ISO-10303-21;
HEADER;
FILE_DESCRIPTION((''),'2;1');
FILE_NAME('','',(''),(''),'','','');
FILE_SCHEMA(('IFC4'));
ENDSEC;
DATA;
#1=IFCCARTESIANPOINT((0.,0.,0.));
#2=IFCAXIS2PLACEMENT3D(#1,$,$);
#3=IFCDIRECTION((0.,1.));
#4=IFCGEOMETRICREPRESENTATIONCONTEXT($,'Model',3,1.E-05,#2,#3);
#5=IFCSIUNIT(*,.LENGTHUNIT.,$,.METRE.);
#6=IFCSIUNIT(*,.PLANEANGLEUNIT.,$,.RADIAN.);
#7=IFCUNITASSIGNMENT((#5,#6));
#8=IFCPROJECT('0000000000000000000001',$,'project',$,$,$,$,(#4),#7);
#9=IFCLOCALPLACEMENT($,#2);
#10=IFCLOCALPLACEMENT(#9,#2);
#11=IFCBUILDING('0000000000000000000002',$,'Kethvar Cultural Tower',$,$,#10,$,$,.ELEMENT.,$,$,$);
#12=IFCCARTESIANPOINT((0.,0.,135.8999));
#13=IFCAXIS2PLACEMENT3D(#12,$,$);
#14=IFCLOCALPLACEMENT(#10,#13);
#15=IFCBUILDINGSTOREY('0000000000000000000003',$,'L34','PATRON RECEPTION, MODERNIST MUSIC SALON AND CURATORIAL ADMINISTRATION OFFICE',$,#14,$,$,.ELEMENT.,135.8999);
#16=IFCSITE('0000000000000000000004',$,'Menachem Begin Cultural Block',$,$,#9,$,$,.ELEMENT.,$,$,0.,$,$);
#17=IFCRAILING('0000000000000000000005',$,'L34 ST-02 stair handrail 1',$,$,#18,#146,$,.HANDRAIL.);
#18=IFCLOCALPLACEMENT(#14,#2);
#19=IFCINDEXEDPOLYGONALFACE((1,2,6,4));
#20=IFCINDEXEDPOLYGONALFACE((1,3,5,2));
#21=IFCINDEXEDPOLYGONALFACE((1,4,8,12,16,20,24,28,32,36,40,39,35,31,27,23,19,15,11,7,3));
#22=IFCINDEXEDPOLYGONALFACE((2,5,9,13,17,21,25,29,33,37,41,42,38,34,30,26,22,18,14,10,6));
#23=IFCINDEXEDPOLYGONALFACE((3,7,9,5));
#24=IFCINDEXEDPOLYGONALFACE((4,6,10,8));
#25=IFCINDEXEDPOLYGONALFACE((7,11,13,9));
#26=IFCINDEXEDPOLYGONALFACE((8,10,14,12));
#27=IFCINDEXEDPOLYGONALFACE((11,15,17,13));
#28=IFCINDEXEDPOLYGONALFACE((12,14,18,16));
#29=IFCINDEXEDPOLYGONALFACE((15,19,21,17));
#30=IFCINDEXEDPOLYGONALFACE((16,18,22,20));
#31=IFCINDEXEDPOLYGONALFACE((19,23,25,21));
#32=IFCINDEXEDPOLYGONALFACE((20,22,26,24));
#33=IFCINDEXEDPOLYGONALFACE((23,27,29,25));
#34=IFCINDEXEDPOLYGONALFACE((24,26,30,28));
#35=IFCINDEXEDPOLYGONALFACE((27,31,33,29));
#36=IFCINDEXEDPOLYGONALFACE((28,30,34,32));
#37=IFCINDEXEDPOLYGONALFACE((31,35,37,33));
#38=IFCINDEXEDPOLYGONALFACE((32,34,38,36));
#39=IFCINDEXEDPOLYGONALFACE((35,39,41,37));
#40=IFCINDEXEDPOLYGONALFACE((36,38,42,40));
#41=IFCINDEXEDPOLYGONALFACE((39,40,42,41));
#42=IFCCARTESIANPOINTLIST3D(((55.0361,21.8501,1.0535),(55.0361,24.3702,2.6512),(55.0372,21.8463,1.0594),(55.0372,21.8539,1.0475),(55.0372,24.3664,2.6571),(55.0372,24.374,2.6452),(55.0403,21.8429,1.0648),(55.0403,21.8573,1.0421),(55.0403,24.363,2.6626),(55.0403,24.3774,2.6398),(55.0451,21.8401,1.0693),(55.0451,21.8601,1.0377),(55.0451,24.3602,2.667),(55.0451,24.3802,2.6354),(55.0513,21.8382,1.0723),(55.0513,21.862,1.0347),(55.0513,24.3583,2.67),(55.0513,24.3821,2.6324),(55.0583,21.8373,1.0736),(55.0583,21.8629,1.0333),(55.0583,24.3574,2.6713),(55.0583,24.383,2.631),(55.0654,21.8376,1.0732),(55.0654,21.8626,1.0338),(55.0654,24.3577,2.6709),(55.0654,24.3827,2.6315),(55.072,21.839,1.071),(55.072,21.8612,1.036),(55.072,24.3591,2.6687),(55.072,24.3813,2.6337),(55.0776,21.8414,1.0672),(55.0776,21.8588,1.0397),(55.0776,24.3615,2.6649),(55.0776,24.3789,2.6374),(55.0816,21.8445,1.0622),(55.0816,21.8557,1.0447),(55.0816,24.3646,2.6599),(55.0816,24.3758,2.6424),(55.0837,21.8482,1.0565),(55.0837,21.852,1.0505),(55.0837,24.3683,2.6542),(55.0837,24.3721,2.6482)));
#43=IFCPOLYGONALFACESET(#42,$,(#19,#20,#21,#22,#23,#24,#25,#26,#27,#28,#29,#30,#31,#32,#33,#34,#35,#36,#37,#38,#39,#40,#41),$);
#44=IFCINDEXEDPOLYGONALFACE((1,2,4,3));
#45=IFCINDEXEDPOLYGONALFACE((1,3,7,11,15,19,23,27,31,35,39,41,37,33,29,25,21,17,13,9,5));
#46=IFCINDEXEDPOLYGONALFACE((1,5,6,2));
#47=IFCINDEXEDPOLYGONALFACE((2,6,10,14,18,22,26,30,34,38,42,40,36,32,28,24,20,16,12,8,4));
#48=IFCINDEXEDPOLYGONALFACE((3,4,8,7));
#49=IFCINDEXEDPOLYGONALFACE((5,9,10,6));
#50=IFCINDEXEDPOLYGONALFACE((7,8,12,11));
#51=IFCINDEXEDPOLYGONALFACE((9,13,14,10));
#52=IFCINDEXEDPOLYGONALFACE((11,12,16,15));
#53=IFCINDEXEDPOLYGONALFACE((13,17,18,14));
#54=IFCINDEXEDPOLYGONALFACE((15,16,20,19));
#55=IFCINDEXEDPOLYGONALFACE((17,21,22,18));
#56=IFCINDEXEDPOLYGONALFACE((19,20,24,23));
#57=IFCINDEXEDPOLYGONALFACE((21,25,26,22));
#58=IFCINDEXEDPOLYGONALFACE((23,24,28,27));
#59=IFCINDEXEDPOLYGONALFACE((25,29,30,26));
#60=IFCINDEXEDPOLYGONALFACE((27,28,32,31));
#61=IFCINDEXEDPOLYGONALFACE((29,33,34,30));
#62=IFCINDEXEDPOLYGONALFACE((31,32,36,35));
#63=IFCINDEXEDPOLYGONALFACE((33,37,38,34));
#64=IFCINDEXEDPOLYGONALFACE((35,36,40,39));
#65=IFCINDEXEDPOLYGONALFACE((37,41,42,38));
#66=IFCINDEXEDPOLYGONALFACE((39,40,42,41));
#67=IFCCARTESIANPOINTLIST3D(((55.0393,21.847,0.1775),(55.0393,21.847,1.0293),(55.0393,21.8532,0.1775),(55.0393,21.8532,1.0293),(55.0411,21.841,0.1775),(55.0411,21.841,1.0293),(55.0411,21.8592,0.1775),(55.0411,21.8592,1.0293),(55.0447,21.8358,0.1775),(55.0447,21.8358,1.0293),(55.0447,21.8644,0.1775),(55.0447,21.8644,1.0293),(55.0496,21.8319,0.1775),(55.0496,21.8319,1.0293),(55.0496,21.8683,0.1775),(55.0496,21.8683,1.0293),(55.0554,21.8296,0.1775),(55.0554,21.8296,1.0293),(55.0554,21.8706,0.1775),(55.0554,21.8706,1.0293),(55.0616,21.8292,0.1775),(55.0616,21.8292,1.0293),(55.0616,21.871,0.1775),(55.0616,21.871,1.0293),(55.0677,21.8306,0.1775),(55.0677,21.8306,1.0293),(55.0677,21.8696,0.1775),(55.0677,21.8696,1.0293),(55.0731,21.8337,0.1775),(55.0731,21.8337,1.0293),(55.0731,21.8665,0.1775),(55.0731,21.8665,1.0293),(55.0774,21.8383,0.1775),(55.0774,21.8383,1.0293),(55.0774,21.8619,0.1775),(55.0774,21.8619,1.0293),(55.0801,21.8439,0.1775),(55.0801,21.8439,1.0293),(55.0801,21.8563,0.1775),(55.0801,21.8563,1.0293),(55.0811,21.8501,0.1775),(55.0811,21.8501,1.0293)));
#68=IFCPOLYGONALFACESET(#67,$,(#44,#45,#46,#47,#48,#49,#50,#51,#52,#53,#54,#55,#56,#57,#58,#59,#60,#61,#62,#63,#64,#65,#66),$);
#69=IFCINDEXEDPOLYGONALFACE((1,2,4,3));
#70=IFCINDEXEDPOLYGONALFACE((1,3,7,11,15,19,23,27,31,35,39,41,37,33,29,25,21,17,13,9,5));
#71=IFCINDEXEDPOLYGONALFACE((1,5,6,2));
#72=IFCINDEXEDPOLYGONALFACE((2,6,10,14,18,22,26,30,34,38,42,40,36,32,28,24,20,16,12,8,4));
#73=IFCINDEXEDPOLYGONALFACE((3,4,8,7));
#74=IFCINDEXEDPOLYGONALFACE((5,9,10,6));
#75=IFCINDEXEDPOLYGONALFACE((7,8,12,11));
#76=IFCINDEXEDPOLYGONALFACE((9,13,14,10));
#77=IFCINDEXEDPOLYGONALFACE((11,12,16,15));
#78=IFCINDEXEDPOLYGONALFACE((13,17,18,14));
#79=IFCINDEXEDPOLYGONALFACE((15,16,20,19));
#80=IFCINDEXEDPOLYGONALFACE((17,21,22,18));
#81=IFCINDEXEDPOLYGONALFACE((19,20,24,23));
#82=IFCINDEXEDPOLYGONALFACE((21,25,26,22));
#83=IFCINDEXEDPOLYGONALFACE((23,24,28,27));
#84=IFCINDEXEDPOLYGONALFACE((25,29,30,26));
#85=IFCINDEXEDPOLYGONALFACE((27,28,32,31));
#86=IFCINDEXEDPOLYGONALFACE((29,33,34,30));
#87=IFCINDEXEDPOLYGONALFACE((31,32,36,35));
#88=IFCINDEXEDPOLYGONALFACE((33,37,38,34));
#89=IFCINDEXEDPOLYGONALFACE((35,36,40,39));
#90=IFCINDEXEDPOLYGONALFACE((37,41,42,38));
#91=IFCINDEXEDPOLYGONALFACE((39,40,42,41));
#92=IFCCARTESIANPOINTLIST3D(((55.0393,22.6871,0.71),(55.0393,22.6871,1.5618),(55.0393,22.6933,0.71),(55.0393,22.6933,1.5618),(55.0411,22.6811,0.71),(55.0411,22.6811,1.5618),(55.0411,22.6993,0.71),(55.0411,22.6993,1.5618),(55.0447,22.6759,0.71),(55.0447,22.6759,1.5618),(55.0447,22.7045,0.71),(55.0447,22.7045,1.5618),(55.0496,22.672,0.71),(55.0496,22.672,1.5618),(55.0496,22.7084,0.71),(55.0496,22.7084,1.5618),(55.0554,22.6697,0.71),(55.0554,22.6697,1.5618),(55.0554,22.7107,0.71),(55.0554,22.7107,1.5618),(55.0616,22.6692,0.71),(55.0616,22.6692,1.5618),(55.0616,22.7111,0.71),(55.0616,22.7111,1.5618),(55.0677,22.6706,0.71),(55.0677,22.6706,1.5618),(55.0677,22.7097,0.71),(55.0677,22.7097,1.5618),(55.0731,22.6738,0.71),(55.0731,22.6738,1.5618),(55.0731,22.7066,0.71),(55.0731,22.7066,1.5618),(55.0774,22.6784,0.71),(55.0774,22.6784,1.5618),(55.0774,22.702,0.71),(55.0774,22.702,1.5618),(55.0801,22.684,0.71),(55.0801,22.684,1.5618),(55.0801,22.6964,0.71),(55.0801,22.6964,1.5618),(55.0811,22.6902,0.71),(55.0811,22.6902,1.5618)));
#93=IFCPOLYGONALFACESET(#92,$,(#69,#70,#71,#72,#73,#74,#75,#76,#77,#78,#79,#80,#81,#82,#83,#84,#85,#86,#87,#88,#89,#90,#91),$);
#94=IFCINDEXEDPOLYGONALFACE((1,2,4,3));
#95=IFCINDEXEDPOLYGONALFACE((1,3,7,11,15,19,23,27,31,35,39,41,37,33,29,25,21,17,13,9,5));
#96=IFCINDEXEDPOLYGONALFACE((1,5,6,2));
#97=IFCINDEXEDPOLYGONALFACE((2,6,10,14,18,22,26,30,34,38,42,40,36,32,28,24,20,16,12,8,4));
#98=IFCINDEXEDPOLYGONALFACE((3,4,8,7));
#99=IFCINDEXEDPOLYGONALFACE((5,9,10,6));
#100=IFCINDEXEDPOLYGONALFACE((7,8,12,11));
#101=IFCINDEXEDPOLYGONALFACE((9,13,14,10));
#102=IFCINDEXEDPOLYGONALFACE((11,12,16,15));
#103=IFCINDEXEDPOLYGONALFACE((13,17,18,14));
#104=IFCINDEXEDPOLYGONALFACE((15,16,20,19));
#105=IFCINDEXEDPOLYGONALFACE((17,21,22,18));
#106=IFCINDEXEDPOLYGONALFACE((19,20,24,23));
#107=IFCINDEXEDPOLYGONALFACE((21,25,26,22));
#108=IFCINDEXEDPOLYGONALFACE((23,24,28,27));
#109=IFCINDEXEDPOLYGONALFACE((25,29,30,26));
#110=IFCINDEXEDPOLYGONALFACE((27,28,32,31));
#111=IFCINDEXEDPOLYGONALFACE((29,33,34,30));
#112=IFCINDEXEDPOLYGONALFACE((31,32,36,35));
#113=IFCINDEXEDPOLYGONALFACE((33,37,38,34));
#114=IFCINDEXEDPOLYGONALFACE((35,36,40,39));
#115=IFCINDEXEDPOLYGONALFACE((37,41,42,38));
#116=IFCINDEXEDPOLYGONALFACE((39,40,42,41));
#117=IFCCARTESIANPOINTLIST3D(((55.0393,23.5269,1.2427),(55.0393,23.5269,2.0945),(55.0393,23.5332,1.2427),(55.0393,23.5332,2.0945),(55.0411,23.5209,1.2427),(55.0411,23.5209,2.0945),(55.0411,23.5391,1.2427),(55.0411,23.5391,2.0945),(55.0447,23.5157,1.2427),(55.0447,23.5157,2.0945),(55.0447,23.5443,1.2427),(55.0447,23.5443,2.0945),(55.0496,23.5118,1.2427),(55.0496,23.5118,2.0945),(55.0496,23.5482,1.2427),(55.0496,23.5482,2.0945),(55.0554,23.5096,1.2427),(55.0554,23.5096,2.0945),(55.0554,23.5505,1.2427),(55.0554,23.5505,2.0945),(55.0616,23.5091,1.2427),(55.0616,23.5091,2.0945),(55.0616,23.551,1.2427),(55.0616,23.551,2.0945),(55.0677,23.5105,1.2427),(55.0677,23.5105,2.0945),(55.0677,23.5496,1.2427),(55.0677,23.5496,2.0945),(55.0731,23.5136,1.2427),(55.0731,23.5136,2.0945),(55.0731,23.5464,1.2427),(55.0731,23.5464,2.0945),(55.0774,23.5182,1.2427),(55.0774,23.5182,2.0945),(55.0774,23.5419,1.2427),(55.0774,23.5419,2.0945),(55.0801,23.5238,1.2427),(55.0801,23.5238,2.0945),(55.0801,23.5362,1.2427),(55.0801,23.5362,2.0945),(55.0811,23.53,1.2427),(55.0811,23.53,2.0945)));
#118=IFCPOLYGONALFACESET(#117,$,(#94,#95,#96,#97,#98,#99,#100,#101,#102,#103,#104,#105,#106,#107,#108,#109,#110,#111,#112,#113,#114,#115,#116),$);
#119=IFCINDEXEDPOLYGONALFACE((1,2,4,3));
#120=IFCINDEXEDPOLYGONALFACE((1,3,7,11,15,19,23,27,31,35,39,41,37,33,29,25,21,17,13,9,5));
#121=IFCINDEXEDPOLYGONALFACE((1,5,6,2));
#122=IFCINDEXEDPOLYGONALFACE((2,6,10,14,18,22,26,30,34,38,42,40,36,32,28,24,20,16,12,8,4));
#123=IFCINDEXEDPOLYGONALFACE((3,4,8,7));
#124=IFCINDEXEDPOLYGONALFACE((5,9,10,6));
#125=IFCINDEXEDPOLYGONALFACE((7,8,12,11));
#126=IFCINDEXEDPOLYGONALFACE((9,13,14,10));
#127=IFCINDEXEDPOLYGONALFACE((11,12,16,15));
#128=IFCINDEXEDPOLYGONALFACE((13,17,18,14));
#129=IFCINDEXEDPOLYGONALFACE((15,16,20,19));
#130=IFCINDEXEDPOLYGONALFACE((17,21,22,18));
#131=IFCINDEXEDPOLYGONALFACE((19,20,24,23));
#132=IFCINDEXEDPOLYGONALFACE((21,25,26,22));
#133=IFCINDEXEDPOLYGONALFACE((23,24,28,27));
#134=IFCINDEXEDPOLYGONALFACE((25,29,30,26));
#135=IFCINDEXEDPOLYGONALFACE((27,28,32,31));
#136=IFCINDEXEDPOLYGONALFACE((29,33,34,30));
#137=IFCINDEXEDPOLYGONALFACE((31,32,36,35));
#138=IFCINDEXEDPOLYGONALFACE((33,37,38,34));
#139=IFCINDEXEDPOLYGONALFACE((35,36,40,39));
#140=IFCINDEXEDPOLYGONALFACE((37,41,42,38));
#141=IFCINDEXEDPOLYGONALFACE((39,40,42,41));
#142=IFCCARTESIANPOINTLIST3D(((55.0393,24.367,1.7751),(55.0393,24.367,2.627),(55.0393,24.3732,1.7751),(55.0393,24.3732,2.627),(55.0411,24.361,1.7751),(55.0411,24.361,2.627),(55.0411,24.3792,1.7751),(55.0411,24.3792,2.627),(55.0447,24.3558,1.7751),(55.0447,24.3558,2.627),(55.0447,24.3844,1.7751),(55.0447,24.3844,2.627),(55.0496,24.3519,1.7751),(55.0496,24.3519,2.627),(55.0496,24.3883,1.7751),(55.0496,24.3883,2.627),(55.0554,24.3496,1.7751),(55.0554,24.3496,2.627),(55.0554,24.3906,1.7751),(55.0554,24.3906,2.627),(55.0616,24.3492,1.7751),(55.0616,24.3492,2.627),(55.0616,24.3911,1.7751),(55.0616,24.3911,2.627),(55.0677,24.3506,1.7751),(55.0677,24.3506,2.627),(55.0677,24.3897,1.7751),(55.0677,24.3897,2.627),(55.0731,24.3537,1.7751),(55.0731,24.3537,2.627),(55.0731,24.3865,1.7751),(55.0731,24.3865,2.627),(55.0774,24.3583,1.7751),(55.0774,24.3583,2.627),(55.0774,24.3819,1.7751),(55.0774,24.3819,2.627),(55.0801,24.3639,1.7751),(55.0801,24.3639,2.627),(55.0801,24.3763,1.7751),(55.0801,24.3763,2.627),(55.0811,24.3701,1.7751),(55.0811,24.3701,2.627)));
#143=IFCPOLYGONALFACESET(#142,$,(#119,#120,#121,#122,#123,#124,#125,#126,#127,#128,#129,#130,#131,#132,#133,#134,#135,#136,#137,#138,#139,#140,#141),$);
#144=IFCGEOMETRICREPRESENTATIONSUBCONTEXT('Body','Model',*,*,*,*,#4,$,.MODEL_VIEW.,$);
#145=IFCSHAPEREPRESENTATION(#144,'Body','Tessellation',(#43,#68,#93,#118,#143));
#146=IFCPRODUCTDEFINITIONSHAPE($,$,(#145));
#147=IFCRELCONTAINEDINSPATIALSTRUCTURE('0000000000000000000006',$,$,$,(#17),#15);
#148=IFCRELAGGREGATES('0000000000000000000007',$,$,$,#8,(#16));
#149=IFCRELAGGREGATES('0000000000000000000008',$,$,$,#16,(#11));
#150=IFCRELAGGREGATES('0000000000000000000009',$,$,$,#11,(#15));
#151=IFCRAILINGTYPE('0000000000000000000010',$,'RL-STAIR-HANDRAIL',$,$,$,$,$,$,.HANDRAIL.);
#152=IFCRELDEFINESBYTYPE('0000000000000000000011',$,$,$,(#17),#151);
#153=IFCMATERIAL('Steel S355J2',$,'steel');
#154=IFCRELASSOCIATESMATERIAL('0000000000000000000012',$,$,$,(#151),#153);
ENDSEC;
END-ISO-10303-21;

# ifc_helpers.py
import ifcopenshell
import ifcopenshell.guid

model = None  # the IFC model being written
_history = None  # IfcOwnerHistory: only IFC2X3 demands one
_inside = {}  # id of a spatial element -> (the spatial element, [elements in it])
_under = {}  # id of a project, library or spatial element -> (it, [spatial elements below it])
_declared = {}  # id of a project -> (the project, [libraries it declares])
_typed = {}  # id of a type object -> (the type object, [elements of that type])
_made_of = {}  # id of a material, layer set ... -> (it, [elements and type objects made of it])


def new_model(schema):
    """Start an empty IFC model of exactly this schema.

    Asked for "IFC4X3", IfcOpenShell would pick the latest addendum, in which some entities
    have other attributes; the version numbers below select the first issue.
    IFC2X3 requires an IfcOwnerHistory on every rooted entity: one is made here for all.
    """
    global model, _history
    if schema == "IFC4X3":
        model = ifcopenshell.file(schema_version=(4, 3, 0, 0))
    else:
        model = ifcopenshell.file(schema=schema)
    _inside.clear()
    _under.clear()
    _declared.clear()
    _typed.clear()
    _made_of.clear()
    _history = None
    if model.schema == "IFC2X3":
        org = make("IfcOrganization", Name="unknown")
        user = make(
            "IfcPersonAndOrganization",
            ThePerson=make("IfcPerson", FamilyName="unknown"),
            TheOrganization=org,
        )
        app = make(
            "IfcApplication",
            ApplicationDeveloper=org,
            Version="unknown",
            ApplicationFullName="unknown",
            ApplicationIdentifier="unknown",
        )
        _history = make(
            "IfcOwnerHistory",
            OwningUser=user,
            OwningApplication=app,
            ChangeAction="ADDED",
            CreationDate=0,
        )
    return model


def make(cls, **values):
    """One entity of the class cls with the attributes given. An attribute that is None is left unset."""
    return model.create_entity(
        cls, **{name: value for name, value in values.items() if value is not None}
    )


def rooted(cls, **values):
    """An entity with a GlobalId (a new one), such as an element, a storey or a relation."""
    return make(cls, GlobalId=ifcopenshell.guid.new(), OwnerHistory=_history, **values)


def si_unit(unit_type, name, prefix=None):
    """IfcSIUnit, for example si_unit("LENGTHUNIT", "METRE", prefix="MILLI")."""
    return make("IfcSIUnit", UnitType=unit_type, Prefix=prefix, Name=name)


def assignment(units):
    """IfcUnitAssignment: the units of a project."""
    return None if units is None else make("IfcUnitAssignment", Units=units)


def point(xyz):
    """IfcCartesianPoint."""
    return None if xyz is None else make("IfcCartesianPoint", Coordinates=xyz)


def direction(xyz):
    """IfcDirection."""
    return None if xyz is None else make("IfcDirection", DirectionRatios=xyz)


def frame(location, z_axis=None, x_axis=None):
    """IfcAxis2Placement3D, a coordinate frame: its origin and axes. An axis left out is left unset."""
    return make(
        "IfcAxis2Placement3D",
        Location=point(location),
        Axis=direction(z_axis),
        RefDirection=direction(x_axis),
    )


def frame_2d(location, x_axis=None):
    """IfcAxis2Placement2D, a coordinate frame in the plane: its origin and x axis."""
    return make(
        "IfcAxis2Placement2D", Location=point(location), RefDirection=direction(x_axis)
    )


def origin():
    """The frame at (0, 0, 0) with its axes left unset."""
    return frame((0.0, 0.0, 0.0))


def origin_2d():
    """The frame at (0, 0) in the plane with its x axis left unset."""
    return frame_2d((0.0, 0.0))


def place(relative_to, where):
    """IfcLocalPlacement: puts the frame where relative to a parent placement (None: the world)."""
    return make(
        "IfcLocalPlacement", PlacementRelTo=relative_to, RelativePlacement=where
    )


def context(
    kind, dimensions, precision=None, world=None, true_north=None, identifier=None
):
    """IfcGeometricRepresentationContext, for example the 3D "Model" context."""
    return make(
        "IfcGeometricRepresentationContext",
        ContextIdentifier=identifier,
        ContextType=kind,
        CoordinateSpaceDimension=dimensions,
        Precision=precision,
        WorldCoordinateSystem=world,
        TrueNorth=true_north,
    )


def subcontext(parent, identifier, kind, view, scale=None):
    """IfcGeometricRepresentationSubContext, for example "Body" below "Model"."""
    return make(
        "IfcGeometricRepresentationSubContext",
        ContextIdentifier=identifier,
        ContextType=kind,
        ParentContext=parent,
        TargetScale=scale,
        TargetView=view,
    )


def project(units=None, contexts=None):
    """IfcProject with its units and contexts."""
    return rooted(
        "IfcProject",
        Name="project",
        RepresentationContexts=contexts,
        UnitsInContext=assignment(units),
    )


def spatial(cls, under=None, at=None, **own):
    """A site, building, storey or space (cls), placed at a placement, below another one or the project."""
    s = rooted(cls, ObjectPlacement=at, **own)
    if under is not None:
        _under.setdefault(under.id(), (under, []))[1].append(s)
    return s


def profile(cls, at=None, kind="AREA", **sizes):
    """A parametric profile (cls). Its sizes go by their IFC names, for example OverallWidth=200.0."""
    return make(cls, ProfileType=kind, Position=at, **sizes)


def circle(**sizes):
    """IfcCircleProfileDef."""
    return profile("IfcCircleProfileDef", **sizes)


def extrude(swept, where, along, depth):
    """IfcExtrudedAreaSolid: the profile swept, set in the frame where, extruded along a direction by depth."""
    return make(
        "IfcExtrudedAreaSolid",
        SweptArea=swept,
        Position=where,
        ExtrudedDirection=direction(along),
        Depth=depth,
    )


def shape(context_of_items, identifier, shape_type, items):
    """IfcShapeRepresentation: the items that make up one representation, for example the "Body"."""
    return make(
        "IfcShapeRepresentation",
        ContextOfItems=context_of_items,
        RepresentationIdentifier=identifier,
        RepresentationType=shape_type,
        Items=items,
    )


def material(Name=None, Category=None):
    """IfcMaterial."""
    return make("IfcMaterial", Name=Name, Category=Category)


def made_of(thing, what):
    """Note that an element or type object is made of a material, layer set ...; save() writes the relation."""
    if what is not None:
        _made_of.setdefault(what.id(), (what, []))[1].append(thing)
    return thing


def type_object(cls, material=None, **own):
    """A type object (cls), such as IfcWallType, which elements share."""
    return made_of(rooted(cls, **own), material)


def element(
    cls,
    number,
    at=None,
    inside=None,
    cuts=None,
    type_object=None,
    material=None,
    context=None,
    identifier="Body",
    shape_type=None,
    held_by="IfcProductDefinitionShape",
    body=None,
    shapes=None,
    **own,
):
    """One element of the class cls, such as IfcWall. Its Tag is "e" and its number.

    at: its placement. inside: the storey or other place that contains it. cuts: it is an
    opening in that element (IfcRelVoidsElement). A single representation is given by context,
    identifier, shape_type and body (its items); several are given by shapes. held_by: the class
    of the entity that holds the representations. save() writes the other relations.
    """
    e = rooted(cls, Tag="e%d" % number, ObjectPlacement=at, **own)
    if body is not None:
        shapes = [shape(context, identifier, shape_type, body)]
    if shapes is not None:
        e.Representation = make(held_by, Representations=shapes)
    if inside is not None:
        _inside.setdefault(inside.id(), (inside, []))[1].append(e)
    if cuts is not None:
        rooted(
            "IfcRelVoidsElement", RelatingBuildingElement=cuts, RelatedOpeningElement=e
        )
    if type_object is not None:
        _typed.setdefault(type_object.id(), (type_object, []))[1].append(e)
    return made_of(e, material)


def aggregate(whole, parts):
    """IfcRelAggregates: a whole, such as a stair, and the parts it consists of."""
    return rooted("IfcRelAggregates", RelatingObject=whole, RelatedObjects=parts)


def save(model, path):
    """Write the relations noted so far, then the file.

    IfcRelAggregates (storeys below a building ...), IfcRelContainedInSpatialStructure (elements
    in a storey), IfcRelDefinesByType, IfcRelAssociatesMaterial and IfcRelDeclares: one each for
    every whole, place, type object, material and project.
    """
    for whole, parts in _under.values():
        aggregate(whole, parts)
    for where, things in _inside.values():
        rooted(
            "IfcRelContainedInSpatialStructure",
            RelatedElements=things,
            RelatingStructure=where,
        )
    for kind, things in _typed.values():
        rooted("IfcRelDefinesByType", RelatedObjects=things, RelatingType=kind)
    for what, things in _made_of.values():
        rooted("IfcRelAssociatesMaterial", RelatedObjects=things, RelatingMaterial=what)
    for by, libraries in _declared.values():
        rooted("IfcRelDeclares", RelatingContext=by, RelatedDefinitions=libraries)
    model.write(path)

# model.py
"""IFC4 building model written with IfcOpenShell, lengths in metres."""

from ifc_helpers import new_model, si_unit, direction, frame, origin, origin_2d, place, context, subcontext, project, spatial, circle, extrude, material, type_object, element, save


model = new_model("IFC4")

# Units and contexts
model_context = context("Model", 3, precision=1e-05, world=origin(), true_north=direction((0.0, 1.0)))
body_context = subcontext(model_context, "Body", "Model", "MODEL_VIEW")
ifc_project = project(units=[si_unit("LENGTHUNIT", "METRE"), si_unit("PLANEANGLEUNIT", "RADIAN")], contexts=[model_context])

# Site, building, storey
site_placement = place(None, origin())
site = spatial("IfcSite", under=ifc_project, at=site_placement, Name="Menachem Begin Cultural Block", CompositionType="ELEMENT", RefElevation=0.0)
building_placement = place(site_placement, origin())
building = spatial("IfcBuilding", under=site, at=building_placement, Name="Kethvar Cultural Tower", CompositionType="ELEMENT")
storey_placement = place(building_placement, frame((0.0, 0.0, 135.8999)))
storey = spatial("IfcBuildingStorey", under=building, at=storey_placement, Name="L34", Description="PATRON RECEPTION, MODERNIST MUSIC SALON AND CURATORIAL ADMINISTRATION OFFICE", CompositionType="ELEMENT", Elevation=135.8999)

# Shared definitions
ifc_material_1 = material(Name="Steel S355J2", Category="steel")

# Railing
railing_type_1 = type_object("IfcRailingType", Name="RL-STAIR-HANDRAIL", PredefinedType="HANDRAIL", material=ifc_material_1)
railing_1_placement = place(storey_placement, frame((55.0601, 21.8501, 0.1775)))
element("IfcRailing", 1, at=railing_1_placement, inside=storey, type_object=railing_type_1, Name="L34 ST-02 stair handrail 1", PredefinedType="HANDRAIL", context=body_context, shape_type="SweptSolid", body=[
    extrude(circle(Radius=0.0239, at=origin_2d()), frame((0.0, 0.0, 0.876), z_axis=(0.0, 0.84457, 0.535445), x_axis=(-1.0, 0.0, 0.0)), (0.0, 0.0, 1.0), 2.9839),
    extrude(circle(Radius=0.021, at=origin_2d()), origin(), (0.0, 0.0, 1.0), 0.8518),
    extrude(circle(Radius=0.021, at=origin_2d()), frame((0.0, 0.8401, 0.5325)), (0.0, 0.0, 1.0), 0.8518),
    extrude(circle(Radius=0.021, at=origin_2d()), frame((0.0, 1.6799, 1.0652)), (0.0, 0.0, 1.0), 0.8518),
    extrude(circle(Radius=0.021, at=origin_2d()), frame((0.0, 2.52, 1.5977)), (0.0, 0.0, 1.0), 0.8518),
])

save(model, "model.ifc")
